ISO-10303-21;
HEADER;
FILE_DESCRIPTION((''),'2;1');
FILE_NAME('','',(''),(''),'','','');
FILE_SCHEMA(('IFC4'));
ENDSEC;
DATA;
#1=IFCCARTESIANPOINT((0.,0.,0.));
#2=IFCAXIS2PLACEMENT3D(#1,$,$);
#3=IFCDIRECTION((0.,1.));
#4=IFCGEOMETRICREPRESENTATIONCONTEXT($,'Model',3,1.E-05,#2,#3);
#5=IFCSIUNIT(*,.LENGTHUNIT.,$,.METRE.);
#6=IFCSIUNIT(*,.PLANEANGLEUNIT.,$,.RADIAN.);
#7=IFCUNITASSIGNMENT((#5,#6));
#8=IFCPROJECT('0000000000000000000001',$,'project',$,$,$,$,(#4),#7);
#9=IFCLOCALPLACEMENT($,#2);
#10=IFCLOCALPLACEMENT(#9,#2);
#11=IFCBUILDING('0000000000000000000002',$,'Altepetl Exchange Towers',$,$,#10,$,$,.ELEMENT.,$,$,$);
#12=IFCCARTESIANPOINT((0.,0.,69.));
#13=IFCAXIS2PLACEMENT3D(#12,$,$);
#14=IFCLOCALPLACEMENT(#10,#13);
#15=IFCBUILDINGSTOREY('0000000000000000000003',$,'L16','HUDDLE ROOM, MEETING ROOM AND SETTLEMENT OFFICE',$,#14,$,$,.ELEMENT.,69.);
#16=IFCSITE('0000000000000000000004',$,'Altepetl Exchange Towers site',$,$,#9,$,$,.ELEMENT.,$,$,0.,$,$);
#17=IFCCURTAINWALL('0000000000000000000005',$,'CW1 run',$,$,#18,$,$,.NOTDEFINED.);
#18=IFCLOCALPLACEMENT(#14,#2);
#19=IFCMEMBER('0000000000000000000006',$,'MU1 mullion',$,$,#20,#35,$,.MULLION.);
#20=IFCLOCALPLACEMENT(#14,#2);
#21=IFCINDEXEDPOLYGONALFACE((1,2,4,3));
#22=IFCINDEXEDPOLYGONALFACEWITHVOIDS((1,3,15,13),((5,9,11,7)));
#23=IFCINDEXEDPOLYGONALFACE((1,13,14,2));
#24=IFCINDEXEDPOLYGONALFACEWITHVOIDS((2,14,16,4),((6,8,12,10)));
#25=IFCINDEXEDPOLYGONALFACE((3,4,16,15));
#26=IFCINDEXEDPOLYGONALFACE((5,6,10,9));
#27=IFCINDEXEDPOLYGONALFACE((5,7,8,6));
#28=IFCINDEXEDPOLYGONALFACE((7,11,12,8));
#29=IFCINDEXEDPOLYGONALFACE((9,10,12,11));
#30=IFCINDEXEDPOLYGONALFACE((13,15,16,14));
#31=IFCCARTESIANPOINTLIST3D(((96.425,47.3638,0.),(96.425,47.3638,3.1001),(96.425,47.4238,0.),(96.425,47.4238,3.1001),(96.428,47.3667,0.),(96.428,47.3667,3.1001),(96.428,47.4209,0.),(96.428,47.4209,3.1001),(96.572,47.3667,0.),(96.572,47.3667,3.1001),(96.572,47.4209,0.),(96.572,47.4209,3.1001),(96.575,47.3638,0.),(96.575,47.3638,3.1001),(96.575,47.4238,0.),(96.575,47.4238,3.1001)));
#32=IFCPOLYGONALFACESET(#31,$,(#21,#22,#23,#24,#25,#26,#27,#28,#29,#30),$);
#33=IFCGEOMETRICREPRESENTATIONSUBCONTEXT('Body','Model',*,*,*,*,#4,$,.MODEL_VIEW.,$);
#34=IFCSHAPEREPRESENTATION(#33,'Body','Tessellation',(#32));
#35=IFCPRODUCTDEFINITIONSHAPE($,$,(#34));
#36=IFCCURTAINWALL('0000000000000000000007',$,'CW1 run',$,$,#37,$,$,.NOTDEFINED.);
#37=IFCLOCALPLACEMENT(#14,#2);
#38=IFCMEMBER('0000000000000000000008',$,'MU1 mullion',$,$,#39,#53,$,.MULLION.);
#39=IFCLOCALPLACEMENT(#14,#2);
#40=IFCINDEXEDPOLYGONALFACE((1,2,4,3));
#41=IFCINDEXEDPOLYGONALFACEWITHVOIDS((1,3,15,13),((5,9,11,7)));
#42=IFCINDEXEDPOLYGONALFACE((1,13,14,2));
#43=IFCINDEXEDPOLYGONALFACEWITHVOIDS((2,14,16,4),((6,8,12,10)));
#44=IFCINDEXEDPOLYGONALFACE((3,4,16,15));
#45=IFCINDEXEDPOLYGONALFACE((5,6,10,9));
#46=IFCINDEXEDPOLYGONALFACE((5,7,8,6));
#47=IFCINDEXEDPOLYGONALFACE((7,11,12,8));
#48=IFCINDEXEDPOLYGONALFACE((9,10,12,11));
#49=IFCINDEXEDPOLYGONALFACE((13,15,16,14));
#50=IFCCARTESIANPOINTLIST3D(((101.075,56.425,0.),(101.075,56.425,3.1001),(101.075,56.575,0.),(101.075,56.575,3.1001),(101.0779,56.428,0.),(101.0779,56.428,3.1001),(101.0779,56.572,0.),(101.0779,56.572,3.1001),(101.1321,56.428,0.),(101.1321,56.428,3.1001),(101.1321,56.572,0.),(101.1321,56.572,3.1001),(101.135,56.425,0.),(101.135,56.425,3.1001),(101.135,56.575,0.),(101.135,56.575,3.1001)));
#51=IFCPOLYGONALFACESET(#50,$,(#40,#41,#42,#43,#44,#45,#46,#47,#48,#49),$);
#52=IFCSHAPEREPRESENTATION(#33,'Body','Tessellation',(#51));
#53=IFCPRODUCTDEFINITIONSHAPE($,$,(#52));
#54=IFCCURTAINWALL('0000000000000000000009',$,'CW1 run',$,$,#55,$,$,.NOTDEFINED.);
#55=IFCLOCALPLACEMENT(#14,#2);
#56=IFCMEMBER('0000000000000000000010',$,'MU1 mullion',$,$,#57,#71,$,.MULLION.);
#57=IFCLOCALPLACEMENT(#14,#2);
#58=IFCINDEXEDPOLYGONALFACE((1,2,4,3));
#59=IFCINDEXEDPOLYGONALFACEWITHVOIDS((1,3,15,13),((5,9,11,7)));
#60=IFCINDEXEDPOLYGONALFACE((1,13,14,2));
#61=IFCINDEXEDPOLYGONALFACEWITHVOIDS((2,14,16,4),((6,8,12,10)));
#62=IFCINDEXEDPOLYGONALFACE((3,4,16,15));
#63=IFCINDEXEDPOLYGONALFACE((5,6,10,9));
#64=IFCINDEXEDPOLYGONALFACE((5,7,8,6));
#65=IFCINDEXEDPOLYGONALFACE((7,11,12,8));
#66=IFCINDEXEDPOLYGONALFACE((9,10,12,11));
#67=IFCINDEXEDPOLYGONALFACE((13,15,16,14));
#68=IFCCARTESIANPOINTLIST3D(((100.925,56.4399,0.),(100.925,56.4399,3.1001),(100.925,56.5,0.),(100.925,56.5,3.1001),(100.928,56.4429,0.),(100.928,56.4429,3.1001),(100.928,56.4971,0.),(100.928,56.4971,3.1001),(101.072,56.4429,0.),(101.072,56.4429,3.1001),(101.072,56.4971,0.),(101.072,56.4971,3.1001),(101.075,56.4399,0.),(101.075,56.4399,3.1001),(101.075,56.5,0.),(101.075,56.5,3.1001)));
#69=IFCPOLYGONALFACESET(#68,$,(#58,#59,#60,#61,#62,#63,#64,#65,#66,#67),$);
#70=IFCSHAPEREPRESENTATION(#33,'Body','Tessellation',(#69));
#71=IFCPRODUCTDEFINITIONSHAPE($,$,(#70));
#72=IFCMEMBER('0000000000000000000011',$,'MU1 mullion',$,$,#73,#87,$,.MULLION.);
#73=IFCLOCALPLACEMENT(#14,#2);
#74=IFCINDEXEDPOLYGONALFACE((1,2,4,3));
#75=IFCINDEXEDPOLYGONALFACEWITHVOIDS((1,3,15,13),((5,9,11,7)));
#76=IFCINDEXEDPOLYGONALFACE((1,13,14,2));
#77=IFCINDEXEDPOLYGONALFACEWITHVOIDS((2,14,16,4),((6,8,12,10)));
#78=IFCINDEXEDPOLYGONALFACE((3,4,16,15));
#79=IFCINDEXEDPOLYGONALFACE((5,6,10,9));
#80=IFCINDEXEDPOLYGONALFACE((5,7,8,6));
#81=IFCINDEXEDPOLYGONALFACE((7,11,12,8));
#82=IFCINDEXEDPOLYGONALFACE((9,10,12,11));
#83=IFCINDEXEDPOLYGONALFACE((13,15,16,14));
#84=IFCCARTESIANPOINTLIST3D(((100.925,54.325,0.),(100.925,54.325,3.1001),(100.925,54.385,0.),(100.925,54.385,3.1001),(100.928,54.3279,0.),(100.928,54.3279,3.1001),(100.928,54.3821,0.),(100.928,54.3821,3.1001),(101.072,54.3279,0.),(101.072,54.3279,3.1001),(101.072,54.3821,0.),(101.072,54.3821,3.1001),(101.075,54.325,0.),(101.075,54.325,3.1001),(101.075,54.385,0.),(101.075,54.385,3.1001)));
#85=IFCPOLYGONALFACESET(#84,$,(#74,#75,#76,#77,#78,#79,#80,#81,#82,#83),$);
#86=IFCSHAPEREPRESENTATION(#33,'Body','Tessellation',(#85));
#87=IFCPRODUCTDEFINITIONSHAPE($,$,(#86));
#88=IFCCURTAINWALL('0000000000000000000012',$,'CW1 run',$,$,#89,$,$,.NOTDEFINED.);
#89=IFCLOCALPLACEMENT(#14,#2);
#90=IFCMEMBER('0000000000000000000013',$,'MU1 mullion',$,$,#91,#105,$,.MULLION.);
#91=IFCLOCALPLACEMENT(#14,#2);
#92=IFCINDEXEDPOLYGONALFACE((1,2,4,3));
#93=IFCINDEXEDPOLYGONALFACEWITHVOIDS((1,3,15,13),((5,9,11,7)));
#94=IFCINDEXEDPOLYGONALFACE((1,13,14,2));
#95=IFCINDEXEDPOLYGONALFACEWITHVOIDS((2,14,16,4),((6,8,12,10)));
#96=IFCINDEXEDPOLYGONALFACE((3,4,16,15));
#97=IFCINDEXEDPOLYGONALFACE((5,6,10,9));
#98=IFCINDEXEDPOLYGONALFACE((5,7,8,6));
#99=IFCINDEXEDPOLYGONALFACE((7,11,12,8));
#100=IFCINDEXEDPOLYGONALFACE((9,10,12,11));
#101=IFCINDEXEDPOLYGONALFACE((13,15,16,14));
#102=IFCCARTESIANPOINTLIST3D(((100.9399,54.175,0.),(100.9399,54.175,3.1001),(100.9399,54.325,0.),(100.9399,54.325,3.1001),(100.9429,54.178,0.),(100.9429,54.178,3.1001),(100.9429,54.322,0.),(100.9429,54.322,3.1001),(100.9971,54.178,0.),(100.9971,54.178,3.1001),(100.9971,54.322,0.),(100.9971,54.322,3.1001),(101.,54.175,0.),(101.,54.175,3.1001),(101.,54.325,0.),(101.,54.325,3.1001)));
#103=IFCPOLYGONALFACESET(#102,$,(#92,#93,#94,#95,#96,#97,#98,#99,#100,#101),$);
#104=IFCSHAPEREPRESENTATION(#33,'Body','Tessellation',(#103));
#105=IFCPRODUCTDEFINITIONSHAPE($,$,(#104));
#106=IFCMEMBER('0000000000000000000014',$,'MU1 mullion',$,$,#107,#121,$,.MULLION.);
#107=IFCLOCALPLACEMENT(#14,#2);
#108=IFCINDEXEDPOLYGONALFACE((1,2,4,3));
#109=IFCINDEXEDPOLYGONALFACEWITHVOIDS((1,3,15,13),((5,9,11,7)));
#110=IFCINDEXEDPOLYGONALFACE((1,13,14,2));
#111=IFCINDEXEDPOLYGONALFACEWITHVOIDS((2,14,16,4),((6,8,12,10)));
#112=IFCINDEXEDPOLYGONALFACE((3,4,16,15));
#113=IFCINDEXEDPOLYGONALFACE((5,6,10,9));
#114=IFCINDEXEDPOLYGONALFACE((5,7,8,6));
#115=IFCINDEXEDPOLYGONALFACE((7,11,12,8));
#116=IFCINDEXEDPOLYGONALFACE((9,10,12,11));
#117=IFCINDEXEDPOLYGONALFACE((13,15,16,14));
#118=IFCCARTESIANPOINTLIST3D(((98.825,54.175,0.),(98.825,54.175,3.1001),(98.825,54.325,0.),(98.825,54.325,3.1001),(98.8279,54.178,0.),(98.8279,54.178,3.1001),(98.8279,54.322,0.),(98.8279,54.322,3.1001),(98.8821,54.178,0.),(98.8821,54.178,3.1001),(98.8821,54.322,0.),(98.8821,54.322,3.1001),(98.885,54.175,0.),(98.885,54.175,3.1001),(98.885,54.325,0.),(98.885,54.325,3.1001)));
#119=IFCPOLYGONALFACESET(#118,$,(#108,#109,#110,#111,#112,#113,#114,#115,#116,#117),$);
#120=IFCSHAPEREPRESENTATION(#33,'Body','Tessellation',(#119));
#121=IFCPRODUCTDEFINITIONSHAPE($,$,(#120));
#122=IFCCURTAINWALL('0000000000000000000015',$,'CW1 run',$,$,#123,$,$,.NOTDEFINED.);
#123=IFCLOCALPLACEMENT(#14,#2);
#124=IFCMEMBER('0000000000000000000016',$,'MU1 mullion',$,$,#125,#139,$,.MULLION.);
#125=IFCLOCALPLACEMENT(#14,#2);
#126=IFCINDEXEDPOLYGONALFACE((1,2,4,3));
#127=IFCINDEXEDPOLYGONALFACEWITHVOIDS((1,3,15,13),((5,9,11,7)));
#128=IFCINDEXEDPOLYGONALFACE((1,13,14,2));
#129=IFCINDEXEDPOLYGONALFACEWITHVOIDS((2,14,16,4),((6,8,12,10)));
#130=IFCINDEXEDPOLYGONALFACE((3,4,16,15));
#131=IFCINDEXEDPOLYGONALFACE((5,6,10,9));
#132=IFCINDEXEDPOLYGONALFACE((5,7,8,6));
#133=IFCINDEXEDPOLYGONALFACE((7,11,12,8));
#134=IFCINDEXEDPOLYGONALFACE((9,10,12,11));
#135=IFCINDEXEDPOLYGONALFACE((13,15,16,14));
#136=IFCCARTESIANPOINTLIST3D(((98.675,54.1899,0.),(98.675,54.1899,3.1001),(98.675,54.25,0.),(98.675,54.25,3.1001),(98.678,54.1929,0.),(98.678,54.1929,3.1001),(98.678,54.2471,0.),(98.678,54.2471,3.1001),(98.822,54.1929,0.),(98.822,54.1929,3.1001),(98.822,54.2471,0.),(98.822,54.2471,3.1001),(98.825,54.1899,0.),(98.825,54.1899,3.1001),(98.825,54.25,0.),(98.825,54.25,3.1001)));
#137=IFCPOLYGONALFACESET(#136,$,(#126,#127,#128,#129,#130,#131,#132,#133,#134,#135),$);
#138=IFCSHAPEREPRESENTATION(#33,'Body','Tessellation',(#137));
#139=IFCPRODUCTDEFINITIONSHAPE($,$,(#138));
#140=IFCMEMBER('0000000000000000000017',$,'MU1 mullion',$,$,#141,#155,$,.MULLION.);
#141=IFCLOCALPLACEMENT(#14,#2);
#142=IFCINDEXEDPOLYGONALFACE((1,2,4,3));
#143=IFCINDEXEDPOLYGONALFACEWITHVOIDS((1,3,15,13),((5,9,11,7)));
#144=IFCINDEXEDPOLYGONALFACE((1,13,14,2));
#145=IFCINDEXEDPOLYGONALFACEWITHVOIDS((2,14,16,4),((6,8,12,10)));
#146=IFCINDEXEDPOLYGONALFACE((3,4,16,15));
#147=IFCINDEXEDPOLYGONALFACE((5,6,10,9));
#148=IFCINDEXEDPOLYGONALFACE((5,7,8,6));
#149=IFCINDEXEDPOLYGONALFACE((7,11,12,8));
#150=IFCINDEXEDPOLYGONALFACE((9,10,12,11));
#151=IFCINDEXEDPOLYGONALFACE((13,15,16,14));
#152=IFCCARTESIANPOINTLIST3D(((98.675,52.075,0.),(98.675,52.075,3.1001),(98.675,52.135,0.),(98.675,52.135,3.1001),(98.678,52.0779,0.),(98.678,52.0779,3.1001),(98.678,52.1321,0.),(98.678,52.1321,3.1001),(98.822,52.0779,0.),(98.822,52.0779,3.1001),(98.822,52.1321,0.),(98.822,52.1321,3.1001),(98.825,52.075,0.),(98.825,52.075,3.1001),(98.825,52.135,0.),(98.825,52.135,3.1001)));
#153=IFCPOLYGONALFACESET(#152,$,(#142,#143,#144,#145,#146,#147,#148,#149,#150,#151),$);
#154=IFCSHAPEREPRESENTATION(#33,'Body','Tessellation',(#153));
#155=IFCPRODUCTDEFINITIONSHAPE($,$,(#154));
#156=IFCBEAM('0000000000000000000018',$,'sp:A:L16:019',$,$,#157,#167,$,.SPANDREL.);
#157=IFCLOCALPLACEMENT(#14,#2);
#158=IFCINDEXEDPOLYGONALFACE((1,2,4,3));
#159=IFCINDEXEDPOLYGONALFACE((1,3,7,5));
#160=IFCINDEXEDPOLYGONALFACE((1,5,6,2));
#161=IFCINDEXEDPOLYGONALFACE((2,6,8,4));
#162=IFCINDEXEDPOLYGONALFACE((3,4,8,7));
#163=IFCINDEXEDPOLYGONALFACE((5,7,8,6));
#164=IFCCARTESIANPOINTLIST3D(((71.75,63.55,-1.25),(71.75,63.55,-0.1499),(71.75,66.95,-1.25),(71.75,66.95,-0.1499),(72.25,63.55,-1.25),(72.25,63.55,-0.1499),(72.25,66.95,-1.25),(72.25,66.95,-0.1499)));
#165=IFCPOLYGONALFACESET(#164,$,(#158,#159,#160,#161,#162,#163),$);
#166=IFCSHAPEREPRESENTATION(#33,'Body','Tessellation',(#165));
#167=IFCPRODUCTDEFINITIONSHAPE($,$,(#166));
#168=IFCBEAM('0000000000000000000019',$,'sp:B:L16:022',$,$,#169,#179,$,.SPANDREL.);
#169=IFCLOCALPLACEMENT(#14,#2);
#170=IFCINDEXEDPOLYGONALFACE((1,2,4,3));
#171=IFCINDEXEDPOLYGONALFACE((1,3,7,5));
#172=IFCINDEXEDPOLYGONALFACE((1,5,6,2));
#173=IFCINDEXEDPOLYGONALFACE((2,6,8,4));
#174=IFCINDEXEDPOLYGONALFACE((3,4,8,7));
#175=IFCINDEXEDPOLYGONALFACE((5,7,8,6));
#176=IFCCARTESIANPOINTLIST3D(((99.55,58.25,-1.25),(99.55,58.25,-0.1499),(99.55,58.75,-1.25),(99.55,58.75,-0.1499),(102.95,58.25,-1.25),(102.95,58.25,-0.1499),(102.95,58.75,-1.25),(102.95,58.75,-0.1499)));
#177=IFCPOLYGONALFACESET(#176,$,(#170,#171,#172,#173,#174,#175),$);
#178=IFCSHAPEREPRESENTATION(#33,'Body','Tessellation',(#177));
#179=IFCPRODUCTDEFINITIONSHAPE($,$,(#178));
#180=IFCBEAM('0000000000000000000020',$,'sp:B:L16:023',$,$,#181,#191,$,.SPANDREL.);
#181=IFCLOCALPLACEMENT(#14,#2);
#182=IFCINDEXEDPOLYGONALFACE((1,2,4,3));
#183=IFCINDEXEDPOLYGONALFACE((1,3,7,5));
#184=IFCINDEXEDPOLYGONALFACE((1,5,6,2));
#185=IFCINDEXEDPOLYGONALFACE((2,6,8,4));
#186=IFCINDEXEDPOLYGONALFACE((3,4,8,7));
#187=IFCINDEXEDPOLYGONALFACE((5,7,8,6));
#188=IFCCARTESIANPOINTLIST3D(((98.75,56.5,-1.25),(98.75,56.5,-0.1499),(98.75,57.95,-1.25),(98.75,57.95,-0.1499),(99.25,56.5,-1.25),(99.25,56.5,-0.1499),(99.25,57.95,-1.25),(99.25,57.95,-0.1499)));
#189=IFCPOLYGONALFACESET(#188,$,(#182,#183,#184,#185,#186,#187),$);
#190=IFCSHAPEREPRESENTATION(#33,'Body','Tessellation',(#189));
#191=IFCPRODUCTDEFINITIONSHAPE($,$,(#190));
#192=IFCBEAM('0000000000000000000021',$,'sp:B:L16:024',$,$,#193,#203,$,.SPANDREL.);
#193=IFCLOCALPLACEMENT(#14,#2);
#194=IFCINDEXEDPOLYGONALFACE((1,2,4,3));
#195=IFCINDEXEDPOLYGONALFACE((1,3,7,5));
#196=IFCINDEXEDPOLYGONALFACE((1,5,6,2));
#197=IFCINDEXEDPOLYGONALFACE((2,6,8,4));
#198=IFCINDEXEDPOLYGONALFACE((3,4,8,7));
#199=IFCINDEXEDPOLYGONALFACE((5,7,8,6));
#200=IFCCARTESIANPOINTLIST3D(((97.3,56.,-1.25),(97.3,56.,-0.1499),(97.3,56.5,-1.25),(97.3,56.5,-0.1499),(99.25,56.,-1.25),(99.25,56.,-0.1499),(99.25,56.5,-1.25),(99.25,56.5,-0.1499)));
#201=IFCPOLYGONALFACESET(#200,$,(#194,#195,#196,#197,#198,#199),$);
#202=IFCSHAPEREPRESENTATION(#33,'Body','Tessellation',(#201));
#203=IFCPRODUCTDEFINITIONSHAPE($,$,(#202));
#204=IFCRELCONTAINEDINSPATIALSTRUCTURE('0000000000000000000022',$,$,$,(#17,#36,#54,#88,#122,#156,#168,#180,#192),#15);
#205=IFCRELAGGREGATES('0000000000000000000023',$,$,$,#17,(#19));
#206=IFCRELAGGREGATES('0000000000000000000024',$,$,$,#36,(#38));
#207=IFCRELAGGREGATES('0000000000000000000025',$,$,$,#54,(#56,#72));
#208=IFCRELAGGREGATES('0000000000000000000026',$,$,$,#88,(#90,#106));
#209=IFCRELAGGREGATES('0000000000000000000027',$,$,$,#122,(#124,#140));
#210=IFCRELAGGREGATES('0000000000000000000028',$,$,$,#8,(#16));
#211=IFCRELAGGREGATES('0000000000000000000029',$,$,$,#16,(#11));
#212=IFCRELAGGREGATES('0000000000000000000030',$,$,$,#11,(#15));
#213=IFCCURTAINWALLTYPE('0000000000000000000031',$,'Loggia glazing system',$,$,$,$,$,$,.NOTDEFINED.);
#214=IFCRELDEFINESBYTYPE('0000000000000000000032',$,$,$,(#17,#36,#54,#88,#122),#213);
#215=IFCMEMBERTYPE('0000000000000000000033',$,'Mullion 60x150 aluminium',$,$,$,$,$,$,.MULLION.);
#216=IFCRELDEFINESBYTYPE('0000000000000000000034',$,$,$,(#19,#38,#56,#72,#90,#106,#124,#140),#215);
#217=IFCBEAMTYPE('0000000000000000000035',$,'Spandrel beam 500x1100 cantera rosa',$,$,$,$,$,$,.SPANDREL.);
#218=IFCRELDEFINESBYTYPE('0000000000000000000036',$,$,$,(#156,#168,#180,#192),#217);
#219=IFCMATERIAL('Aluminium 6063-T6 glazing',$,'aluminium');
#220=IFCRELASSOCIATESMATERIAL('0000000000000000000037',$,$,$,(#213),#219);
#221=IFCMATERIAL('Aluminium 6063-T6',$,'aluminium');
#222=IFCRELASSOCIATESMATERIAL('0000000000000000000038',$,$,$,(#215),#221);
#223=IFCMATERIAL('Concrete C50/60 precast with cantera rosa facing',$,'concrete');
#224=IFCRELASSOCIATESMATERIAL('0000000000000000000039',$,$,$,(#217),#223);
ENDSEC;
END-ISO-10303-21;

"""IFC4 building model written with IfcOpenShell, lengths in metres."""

from ifc_helpers import new_model, si_unit, direction, frame, origin, origin_2d, place, context, subcontext, project, spatial, rectangle, hollow_rectangle, extrude, material, material_profile, profile_set, type_object, element, aggregate, save


model = new_model("IFC4")

# Units and contexts
model_context = context("Model", 3, precision=1e-05, world=origin(), true_north=direction((0.0, 1.0)))
body_context = subcontext(model_context, "Body", "Model", "MODEL_VIEW")
ifc_project = project(units=[si_unit("LENGTHUNIT", "METRE"), si_unit("PLANEANGLEUNIT", "RADIAN")], contexts=[model_context])

# Site, building, storey
site_placement = place(None, origin())
site = spatial("IfcSite", under=ifc_project, at=site_placement, Name="Altepetl Exchange Towers site", CompositionType="ELEMENT", RefElevation=0.0)
building_placement = place(site_placement, origin())
building = spatial("IfcBuilding", under=site, at=building_placement, Name="Altepetl Exchange Towers", CompositionType="ELEMENT")
storey_placement = place(building_placement, frame((0.0, 0.0, 69.0)))
storey = spatial("IfcBuildingStorey", under=building, at=storey_placement, Name="L16", Description="HUDDLE ROOM, MEETING ROOM AND SETTLEMENT OFFICE", CompositionType="ELEMENT", Elevation=69.0)

# Curtain wall, member
ifc_material_1 = material(Name="Aluminium 6063-T6 glazing", Category="aluminium")
curtain_wall_type = type_object("IfcCurtainWallType", Name="Loggia glazing system", PredefinedType="NOTDEFINED", material=ifc_material_1)
ifc_material_2 = material(Name="Aluminium 6063-T6", Category="aluminium")
ifc_material_profile_1 = material_profile(ifc_material_2, hollow_rectangle(XDim=0.0601, YDim=0.1499, WallThickness=0.0029, at=origin_2d()), Name="Mullion 60x150 aluminium")
ifc_profile_set_1 = profile_set([ifc_material_profile_1], Name="Aluminium 6063-T6")
member_type = type_object("IfcMemberType", Name="Mullion 60x150 aluminium", PredefinedType="MULLION", material=ifc_profile_set_1)
curtain_wall_1_placement = place(storey_placement, origin())
curtain_wall_1 = element("IfcCurtainWall", 1, at=curtain_wall_1_placement, inside=storey, type_object=curtain_wall_type, Name="CW1 run", PredefinedType="NOTDEFINED")
member_1_placement = place(storey_placement, frame((96.5, 47.3938, 0.0), z_axis=(0.0, 0.0, 1.0), x_axis=(0.0, -1.0, 0.0)))
member_1 = element("IfcMember", 2, at=member_1_placement, type_object=member_type, Name="MU1 mullion", PredefinedType="MULLION", context=body_context, shape_type="SweptSolid", body=[
    extrude(hollow_rectangle(XDim=0.0601, YDim=0.1499, WallThickness=0.0029, at=origin_2d()), origin(), (0.0, 0.0, 1.0), 3.1001),
])

# Curtain wall, member
curtain_wall_2_placement = place(storey_placement, origin())
curtain_wall_2 = element("IfcCurtainWall", 3, at=curtain_wall_2_placement, inside=storey, type_object=curtain_wall_type, Name="CW1 run", PredefinedType="NOTDEFINED")
member_2_placement = place(storey_placement, frame((101.105, 56.5, 0.0), z_axis=(0.0, 0.0, 1.0), x_axis=(-1.0, 0.0, 0.0)))
member_2 = element("IfcMember", 4, at=member_2_placement, type_object=member_type, Name="MU1 mullion", PredefinedType="MULLION", context=body_context, shape_type="SweptSolid", body=[
    extrude(hollow_rectangle(XDim=0.0601, YDim=0.1499, WallThickness=0.0029, at=origin_2d()), origin(), (0.0, 0.0, 1.0), 3.1001),
])

# Curtain walls, members
curtain_wall_3_placement = place(storey_placement, origin())
curtain_wall_3 = element("IfcCurtainWall", 5, at=curtain_wall_3_placement, inside=storey, type_object=curtain_wall_type, Name="CW1 run", PredefinedType="NOTDEFINED")
member_3_placement = place(storey_placement, frame((101.0, 56.47, 0.0), z_axis=(0.0, 0.0, 1.0), x_axis=(0.0, -1.0, 0.0)))
member_3 = element("IfcMember", 6, at=member_3_placement, type_object=member_type, Name="MU1 mullion", PredefinedType="MULLION", context=body_context, shape_type="SweptSolid", body=[
    extrude(hollow_rectangle(XDim=0.0601, YDim=0.1499, WallThickness=0.0029, at=origin_2d()), origin(), (0.0, 0.0, 1.0), 3.1001),
])
member_4_placement = place(storey_placement, frame((101.0, 54.355, 0.0), z_axis=(0.0, 0.0, 1.0), x_axis=(0.0, -1.0, 0.0)))
member_4 = element("IfcMember", 7, at=member_4_placement, type_object=member_type, Name="MU1 mullion", PredefinedType="MULLION", context=body_context, shape_type="SweptSolid", body=[
    extrude(hollow_rectangle(XDim=0.0601, YDim=0.1499, WallThickness=0.0029, at=origin_2d()), origin(), (0.0, 0.0, 1.0), 3.1001),
])
curtain_wall_4_placement = place(storey_placement, origin())
curtain_wall_4 = element("IfcCurtainWall", 8, at=curtain_wall_4_placement, inside=storey, type_object=curtain_wall_type, Name="CW1 run", PredefinedType="NOTDEFINED")
member_5_placement = place(storey_placement, frame((100.97, 54.25, 0.0), z_axis=(0.0, 0.0, 1.0), x_axis=(-1.0, 0.0, 0.0)))
member_5 = element("IfcMember", 9, at=member_5_placement, type_object=member_type, Name="MU1 mullion", PredefinedType="MULLION", context=body_context, shape_type="SweptSolid", body=[
    extrude(hollow_rectangle(XDim=0.0601, YDim=0.1499, WallThickness=0.0029, at=origin_2d()), origin(), (0.0, 0.0, 1.0), 3.1001),
])
member_6_placement = place(storey_placement, frame((98.855, 54.25, 0.0), z_axis=(0.0, 0.0, 1.0), x_axis=(-1.0, 0.0, 0.0)))
member_6 = element("IfcMember", 10, at=member_6_placement, type_object=member_type, Name="MU1 mullion", PredefinedType="MULLION", context=body_context, shape_type="SweptSolid", body=[
    extrude(hollow_rectangle(XDim=0.0601, YDim=0.1499, WallThickness=0.0029, at=origin_2d()), origin(), (0.0, 0.0, 1.0), 3.1001),
])
curtain_wall_5_placement = place(storey_placement, origin())
curtain_wall_5 = element("IfcCurtainWall", 11, at=curtain_wall_5_placement, inside=storey, type_object=curtain_wall_type, Name="CW1 run", PredefinedType="NOTDEFINED")
member_7_placement = place(storey_placement, frame((98.75, 54.22, 0.0), z_axis=(0.0, 0.0, 1.0), x_axis=(0.0, -1.0, 0.0)))
member_7 = element("IfcMember", 12, at=member_7_placement, type_object=member_type, Name="MU1 mullion", PredefinedType="MULLION", context=body_context, shape_type="SweptSolid", body=[
    extrude(hollow_rectangle(XDim=0.0601, YDim=0.1499, WallThickness=0.0029, at=origin_2d()), origin(), (0.0, 0.0, 1.0), 3.1001),
])
member_8_placement = place(storey_placement, frame((98.75, 52.105, 0.0), z_axis=(0.0, 0.0, 1.0), x_axis=(0.0, -1.0, 0.0)))
member_8 = element("IfcMember", 13, at=member_8_placement, type_object=member_type, Name="MU1 mullion", PredefinedType="MULLION", context=body_context, shape_type="SweptSolid", body=[
    extrude(hollow_rectangle(XDim=0.0601, YDim=0.1499, WallThickness=0.0029, at=origin_2d()), origin(), (0.0, 0.0, 1.0), 3.1001),
])

# Beams
ifc_material_3 = material(Name="Concrete C50/60 precast with cantera rosa facing", Category="concrete")
ifc_material_profile_2 = material_profile(ifc_material_3, rectangle(XDim=0.5, YDim=1.1001, at=origin_2d()), Name="500 x 1100")
ifc_profile_set_2 = profile_set([ifc_material_profile_2], Name="Concrete C50/60 precast with cantera rosa facing")
beam_type_1 = type_object("IfcBeamType", Name="Spandrel beam 500x1100 cantera rosa", PredefinedType="SPANDREL", material=ifc_profile_set_2)
for number, where, z_axis, x_axis, name in (
    (14, (72.0, 63.55, -0.7), (0.0, 1.0, 0.0), (-1.0, 0.0, 0.0), "sp:A:L16:019"),
    (15, (102.95, 58.5, -0.7), (-1.0, 0.0, 0.0), (0.0, -1.0, 0.0), "sp:B:L16:022"),
):
    element("IfcBeam", number, at=place(storey_placement, frame(where, z_axis=z_axis, x_axis=x_axis)), inside=storey, type_object=beam_type_1, Name=name, PredefinedType="SPANDREL", context=body_context, shape_type="SweptSolid", body=[
        extrude(rectangle(XDim=0.5, YDim=1.1001, at=origin_2d()), origin(), (0.0, 0.0, 1.0), 3.3999),
    ])
beam_1_placement = place(storey_placement, frame((99.0, 57.95, -0.7), z_axis=(0.0, -1.0, 0.0), x_axis=(1.0, 0.0, 0.0)))
element("IfcBeam", 16, at=beam_1_placement, inside=storey, type_object=beam_type_1, Name="sp:B:L16:023", PredefinedType="SPANDREL", context=body_context, shape_type="SweptSolid", body=[
    extrude(rectangle(XDim=0.5, YDim=1.1001, at=origin_2d()), origin(), (0.0, 0.0, 1.0), 1.45),
])
beam_2_placement = place(storey_placement, frame((99.25, 56.25, -0.7), z_axis=(-1.0, 0.0, 0.0), x_axis=(0.0, -1.0, 0.0)))
element("IfcBeam", 17, at=beam_2_placement, inside=storey, type_object=beam_type_1, Name="sp:B:L16:024", PredefinedType="SPANDREL", context=body_context, shape_type="SweptSolid", body=[
    extrude(rectangle(XDim=0.5, YDim=1.1001, at=origin_2d()), origin(), (0.0, 0.0, 1.0), 1.95),
])

aggregate(curtain_wall_1, [member_1])
aggregate(curtain_wall_2, [member_2])
aggregate(curtain_wall_3, [member_3, member_4])
aggregate(curtain_wall_4, [member_5, member_6])
aggregate(curtain_wall_5, [member_7, member_8])

save(model, "model.ifc")
